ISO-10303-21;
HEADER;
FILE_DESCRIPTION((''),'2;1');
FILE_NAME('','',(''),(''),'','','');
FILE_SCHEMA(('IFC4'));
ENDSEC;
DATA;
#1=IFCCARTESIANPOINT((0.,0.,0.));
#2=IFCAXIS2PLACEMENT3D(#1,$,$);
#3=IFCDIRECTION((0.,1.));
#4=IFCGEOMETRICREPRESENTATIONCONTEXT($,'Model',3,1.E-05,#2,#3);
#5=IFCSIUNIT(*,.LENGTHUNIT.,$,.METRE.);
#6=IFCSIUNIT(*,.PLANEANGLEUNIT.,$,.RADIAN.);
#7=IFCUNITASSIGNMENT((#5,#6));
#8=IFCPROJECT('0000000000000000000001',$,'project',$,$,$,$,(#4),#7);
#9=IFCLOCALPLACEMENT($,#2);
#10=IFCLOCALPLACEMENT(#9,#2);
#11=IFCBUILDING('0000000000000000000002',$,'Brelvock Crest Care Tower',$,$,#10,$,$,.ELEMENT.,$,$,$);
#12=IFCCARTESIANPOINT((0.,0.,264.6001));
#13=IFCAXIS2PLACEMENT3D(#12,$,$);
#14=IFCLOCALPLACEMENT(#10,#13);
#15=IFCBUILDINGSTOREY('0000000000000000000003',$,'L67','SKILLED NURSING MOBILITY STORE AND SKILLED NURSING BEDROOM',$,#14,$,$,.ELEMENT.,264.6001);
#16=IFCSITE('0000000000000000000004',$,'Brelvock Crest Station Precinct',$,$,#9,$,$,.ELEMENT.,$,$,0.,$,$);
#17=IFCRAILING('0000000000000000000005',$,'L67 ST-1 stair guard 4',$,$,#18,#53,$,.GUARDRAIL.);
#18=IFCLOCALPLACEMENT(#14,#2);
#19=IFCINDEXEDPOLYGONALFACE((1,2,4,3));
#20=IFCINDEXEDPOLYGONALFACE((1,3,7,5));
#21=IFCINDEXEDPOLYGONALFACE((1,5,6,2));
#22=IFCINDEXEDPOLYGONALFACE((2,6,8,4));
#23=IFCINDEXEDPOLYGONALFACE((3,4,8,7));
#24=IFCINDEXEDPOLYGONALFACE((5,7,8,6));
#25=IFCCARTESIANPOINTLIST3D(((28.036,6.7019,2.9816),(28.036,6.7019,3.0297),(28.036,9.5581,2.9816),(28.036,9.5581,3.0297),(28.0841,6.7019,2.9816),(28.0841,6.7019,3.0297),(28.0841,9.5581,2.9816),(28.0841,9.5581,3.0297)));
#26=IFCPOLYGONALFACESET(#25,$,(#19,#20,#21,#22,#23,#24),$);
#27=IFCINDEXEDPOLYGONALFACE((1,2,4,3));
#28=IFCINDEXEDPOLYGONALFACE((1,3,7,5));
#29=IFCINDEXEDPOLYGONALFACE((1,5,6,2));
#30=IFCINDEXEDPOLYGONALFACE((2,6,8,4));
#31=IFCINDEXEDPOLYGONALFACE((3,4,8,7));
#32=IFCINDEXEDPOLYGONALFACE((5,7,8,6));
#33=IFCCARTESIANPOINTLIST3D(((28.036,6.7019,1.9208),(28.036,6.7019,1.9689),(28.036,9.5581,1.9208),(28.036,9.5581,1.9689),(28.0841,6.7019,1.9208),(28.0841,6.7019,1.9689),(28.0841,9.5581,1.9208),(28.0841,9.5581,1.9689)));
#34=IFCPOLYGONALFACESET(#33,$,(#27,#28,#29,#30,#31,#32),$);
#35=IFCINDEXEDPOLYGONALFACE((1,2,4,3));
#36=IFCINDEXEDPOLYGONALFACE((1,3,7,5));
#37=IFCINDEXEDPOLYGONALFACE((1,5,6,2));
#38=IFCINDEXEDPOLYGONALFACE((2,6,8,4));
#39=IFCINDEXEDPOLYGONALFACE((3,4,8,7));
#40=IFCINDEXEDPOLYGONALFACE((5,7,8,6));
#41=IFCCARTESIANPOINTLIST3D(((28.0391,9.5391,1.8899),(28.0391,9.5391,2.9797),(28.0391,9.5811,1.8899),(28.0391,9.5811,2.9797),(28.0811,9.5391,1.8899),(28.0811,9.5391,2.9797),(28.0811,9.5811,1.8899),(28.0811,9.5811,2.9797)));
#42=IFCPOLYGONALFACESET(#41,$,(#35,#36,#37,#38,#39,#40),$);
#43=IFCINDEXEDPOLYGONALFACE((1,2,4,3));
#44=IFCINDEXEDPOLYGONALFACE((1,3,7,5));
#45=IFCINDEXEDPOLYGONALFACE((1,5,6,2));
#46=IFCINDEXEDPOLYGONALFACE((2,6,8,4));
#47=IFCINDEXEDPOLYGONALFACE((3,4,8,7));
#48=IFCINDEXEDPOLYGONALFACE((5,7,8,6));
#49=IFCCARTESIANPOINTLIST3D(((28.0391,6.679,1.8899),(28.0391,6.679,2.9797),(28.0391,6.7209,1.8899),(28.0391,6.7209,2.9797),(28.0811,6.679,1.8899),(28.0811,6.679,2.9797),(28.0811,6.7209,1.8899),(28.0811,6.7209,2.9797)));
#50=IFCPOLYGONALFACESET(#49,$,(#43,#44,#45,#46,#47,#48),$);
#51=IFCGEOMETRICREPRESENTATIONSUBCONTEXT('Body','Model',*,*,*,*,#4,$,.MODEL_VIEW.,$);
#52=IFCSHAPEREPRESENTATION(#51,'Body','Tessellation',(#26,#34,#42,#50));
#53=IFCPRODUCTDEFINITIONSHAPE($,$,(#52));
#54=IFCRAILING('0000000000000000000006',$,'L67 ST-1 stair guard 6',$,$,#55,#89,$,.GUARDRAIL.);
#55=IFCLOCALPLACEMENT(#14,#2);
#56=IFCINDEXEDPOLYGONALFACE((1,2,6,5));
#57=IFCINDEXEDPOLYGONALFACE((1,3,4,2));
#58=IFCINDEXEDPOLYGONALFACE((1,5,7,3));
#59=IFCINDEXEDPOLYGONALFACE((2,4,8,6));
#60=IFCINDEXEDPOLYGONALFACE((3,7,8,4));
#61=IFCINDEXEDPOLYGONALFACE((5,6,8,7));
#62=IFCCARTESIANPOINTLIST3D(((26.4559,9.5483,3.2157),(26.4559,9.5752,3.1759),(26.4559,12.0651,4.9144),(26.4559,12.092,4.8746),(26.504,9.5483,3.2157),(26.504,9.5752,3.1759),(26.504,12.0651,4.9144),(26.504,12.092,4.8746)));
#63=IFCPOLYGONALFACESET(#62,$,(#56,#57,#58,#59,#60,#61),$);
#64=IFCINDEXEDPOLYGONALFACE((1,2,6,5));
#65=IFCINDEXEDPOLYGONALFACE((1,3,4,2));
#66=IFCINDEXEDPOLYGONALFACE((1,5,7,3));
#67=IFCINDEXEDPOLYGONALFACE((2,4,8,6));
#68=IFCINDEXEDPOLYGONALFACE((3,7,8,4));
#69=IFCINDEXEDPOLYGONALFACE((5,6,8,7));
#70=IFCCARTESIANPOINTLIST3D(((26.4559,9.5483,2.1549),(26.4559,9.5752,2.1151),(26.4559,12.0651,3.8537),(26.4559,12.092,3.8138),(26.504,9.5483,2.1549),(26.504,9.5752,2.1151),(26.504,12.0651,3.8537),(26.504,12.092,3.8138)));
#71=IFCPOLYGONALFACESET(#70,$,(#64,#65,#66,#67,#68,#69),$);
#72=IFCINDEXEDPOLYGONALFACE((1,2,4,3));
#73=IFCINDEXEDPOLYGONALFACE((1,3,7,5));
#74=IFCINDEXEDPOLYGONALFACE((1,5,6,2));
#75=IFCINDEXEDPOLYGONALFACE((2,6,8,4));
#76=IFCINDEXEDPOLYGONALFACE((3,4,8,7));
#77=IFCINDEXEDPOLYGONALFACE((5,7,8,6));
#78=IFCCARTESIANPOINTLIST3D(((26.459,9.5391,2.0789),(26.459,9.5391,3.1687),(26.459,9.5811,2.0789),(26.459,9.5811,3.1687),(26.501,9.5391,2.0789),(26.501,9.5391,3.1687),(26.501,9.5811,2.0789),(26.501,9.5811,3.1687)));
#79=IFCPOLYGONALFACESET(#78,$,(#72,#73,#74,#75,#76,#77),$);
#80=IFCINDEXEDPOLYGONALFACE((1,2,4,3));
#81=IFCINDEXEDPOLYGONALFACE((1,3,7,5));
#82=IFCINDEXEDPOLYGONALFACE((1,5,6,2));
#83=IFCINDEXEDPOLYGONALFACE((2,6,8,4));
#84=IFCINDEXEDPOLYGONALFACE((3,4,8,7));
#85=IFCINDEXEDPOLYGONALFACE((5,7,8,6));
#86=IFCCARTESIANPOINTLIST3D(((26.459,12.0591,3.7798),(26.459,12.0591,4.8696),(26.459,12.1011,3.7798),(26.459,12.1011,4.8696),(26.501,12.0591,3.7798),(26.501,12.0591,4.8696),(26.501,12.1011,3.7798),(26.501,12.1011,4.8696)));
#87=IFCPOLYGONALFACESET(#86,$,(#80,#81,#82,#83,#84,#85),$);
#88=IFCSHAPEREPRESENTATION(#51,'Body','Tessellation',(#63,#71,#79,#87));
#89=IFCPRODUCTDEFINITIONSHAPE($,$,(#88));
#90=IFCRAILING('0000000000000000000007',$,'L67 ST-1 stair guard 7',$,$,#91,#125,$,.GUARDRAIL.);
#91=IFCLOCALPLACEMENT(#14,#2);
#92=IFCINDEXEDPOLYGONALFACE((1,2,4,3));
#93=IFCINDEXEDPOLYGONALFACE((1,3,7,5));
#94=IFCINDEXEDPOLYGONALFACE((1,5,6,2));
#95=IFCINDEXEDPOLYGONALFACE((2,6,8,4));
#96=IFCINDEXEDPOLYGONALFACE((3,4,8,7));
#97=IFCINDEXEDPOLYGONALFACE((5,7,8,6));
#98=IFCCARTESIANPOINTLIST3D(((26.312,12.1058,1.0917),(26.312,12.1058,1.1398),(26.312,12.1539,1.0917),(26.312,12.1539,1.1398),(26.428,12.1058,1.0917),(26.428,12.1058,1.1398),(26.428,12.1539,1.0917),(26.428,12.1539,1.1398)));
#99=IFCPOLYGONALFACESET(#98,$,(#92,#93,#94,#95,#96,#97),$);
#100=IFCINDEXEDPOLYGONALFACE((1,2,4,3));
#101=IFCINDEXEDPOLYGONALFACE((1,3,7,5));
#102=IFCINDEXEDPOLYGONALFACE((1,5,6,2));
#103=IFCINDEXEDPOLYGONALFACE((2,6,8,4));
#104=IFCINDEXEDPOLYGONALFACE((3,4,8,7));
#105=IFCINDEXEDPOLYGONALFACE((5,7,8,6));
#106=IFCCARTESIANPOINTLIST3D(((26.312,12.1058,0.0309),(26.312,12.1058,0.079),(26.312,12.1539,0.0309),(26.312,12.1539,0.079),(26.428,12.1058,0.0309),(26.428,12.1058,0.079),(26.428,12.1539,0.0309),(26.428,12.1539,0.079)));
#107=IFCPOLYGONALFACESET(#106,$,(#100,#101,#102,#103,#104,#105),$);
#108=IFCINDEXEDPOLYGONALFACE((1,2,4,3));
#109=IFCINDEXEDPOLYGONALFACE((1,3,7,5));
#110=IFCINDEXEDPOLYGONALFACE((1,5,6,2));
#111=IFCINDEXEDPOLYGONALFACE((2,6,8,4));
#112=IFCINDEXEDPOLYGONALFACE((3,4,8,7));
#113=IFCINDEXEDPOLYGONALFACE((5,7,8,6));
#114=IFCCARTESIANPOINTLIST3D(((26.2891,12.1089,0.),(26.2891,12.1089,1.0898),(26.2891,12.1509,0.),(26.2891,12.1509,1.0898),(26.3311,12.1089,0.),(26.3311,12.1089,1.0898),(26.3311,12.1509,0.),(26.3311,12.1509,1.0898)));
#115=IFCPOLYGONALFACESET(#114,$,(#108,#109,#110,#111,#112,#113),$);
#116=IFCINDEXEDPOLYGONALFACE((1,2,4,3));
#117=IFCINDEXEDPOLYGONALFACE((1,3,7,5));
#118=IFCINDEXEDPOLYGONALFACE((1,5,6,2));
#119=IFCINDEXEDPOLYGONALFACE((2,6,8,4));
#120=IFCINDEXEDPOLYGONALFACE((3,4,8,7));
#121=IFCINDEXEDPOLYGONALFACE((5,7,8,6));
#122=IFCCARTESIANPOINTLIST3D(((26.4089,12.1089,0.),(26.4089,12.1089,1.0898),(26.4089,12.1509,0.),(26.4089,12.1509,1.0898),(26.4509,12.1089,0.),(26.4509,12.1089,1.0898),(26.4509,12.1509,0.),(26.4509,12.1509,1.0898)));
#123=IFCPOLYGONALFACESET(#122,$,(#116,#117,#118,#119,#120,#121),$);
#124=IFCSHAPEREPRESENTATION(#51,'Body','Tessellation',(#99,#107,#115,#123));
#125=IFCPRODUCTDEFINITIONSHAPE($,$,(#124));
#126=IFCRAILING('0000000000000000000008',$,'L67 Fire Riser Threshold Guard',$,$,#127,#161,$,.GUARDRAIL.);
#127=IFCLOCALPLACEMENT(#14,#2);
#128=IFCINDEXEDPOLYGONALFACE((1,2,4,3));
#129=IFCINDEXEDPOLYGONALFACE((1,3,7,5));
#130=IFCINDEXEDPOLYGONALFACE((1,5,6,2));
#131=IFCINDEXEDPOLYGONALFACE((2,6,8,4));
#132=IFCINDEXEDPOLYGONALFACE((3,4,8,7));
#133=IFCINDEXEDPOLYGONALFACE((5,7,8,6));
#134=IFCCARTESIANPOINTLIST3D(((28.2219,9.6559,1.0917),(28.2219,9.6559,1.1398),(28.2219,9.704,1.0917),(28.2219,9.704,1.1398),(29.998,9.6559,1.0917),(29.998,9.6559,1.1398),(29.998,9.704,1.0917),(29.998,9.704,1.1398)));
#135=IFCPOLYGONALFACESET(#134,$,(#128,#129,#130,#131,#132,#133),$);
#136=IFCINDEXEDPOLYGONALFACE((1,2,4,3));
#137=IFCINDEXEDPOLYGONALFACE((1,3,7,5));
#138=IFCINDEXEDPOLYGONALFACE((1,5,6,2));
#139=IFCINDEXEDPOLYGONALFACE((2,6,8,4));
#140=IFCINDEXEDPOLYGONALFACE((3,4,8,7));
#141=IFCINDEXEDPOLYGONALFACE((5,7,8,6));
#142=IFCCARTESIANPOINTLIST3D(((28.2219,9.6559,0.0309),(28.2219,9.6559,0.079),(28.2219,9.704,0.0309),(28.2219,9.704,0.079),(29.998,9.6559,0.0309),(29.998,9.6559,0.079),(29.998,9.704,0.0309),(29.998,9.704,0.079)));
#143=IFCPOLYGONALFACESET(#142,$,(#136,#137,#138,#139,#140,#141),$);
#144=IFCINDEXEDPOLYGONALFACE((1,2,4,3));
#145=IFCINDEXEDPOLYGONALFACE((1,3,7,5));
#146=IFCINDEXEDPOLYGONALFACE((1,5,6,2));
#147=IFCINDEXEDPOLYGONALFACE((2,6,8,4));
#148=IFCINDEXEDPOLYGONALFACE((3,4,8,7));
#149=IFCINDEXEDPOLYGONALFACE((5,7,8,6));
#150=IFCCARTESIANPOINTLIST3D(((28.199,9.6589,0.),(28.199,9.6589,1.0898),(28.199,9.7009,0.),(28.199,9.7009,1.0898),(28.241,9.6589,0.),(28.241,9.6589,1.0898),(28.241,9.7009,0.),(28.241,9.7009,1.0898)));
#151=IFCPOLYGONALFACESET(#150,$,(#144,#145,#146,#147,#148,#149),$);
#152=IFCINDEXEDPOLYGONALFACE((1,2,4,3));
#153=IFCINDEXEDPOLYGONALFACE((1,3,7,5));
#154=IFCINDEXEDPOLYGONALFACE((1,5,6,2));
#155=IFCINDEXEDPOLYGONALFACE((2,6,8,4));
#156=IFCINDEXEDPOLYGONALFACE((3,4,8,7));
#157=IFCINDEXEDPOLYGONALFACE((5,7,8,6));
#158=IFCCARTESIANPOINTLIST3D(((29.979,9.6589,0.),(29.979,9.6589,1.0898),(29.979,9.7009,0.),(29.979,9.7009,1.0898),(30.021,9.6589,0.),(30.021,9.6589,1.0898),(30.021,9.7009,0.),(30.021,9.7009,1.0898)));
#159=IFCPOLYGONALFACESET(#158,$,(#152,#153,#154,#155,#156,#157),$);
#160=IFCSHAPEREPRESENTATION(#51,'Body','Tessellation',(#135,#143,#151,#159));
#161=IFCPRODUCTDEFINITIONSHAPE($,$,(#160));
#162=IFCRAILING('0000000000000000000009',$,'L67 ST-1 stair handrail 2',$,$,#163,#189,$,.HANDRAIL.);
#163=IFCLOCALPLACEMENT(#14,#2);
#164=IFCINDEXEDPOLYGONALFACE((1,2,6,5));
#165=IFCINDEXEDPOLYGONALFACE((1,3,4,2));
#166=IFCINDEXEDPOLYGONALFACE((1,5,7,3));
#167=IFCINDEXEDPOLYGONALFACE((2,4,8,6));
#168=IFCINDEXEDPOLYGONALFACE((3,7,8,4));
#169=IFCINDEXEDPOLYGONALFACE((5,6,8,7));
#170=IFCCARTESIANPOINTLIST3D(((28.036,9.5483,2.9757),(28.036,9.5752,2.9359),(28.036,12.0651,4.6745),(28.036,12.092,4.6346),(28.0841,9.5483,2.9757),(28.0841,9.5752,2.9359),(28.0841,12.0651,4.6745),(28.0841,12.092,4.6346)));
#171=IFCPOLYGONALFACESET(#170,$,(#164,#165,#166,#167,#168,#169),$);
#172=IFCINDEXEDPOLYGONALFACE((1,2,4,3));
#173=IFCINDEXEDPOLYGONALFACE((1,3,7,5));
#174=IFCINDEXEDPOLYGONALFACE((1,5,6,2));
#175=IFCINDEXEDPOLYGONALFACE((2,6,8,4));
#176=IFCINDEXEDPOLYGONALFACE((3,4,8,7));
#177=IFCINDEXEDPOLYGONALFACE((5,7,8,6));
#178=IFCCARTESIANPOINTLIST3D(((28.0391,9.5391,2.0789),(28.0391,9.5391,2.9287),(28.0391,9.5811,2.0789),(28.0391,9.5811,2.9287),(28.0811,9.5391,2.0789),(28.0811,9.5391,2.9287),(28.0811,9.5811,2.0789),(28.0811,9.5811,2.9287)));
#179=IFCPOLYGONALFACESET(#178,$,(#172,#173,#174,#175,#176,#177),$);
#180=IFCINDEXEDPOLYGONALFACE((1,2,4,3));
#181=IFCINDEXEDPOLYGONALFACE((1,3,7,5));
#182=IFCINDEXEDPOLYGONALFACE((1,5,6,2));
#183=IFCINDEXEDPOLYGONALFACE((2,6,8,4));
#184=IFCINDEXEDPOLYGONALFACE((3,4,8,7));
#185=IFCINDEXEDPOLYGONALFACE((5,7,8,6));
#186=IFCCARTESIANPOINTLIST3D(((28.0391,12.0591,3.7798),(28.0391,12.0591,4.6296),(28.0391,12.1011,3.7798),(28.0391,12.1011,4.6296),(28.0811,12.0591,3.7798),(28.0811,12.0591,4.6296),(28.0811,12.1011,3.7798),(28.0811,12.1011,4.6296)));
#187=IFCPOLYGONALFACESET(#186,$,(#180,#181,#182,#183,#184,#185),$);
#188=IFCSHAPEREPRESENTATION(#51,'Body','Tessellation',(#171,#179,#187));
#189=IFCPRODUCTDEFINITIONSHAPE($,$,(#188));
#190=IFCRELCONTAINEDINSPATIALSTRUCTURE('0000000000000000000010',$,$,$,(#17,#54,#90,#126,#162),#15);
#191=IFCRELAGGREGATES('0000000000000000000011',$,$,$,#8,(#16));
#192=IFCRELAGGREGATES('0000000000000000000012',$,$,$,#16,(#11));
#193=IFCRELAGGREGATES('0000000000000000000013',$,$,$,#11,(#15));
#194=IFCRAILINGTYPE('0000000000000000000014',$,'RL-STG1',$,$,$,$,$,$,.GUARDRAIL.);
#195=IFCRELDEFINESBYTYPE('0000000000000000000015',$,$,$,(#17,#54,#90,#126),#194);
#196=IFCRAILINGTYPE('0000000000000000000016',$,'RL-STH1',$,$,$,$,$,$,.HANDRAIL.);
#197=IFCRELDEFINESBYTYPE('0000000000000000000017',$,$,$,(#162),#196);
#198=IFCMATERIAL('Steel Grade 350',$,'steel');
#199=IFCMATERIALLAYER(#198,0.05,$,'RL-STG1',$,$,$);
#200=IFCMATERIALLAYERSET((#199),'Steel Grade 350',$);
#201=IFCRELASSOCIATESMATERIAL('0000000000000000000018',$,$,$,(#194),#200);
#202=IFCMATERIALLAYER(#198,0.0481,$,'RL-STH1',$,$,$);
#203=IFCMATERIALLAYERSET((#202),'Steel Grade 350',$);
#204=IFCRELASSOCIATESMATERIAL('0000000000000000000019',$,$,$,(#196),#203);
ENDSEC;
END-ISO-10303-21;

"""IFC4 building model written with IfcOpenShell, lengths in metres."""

from ifc_helpers import new_model, si_unit, direction, frame, origin, origin_2d, place, context, subcontext, project, spatial, rectangle, extrude, material, layer, layer_set, type_object, element, save


model = new_model("IFC4")

# Units and contexts
model_context = context("Model", 3, precision=1e-05, world=origin(), true_north=direction((0.0, 1.0)))
body_context = subcontext(model_context, "Body", "Model", "MODEL_VIEW")
ifc_project = project(units=[si_unit("LENGTHUNIT", "METRE"), si_unit("PLANEANGLEUNIT", "RADIAN")], contexts=[model_context])

# Site, building, storey
site_placement = place(None, origin())
site = spatial("IfcSite", under=ifc_project, at=site_placement, Name="Brelvock Crest Station Precinct", CompositionType="ELEMENT", RefElevation=0.0)
building_placement = place(site_placement, origin())
building = spatial("IfcBuilding", under=site, at=building_placement, Name="Brelvock Crest Care Tower", CompositionType="ELEMENT")
storey_placement = place(building_placement, frame((0.0, 0.0, 264.6001)))
storey = spatial("IfcBuildingStorey", under=building, at=storey_placement, Name="L67", Description="SKILLED NURSING MOBILITY STORE AND SKILLED NURSING BEDROOM", CompositionType="ELEMENT", Elevation=264.6001)

# Shared definitions
ifc_material_1 = material(Name="Steel Grade 350", Category="steel")

# Railings
ifc_layer_1 = layer(ifc_material_1, 0.05, Name="RL-STG1")
ifc_layer_set_1 = layer_set([ifc_layer_1], Name="Steel Grade 350")
railing_type_1 = type_object("IfcRailingType", Name="RL-STG1", PredefinedType="GUARDRAIL", material=ifc_layer_set_1)
railing_1_placement = place(storey_placement, frame((28.0601, 9.5601, 1.8899)))
element("IfcRailing", 1, at=railing_1_placement, inside=storey, type_object=railing_type_1, Name="L67 ST-1 stair guard 4", PredefinedType="GUARDRAIL", context=body_context, shape_type="SweptSolid", body=[
    extrude(rectangle(XDim=0.0481, YDim=0.0481, at=origin_2d()), frame((0.0, -0.002, 1.1157), z_axis=(0.0, -1.0, 0.0), x_axis=(1.0, 0.0, 0.0)), (0.0, 0.0, 1.0), 2.8562),
    extrude(rectangle(XDim=0.0481, YDim=0.0481, at=origin_2d()), frame((0.0, -0.002, 0.0549), z_axis=(0.0, -1.0, 0.0), x_axis=(1.0, 0.0, 0.0)), (0.0, 0.0, 1.0), 2.8562),
    extrude(rectangle(XDim=0.042, YDim=0.042, at=origin_2d()), origin(), (0.0, 0.0, 1.0), 1.0898),
    extrude(rectangle(XDim=0.042, YDim=0.042, at=origin_2d()), frame((0.0, -2.8601, 0.0)), (0.0, 0.0, 1.0), 1.0898),
])
railing_2_placement = place(storey_placement, frame((26.48, 9.5601, 2.0789)))
element("IfcRailing", 2, at=railing_2_placement, inside=storey, type_object=railing_type_1, Name="L67 ST-1 stair guard 6", PredefinedType="GUARDRAIL", context=body_context, shape_type="SweptSolid", body=[
    extrude(rectangle(XDim=0.0481, YDim=0.0481, at=origin_2d()), frame((0.0, 0.0017, 1.1169), z_axis=(0.0, 0.828862, 0.559454), x_axis=(-1.0, 0.0, 0.0)), (0.0, 0.0, 1.0), 3.0364),
    extrude(rectangle(XDim=0.0481, YDim=0.0481, at=origin_2d()), frame((0.0, 0.0017, 0.0562), z_axis=(0.0, 0.828862, 0.559454), x_axis=(-1.0, 0.0, 0.0)), (0.0, 0.0, 1.0), 3.0364),
    extrude(rectangle(XDim=0.042, YDim=0.042, at=origin_2d()), origin(), (0.0, 0.0, 1.0), 1.0898),
    extrude(rectangle(XDim=0.042, YDim=0.042, at=origin_2d()), frame((0.0, 2.52, 1.7009)), (0.0, 0.0, 1.0), 1.0898),
])
railing_3_placement = place(storey_placement, frame((26.3101, 12.1299, 0.0)))
element("IfcRailing", 3, at=railing_3_placement, inside=storey, type_object=railing_type_1, Name="L67 ST-1 stair guard 7", PredefinedType="GUARDRAIL", context=body_context, shape_type="SweptSolid", body=[
    extrude(rectangle(XDim=0.0481, YDim=0.0481, at=origin_2d()), frame((0.002, 0.0, 1.1157), z_axis=(1.0, 0.0, 0.0), x_axis=(0.0, 1.0, 0.0)), (0.0, 0.0, 1.0), 0.116),
    extrude(rectangle(XDim=0.0481, YDim=0.0481, at=origin_2d()), frame((0.002, 0.0, 0.0549), z_axis=(1.0, 0.0, 0.0), x_axis=(0.0, 1.0, 0.0)), (0.0, 0.0, 1.0), 0.116),
    extrude(rectangle(XDim=0.042, YDim=0.042, at=origin_2d()), origin(), (0.0, 0.0, 1.0), 1.0898),
    extrude(rectangle(XDim=0.042, YDim=0.042, at=origin_2d()), frame((0.1199, 0.0, 0.0)), (0.0, 0.0, 1.0), 1.0898),
])
railing_4_placement = place(storey_placement, frame((28.22, 9.6799, 0.0)))
element("IfcRailing", 4, at=railing_4_placement, inside=storey, type_object=railing_type_1, Name="L67 Fire Riser Threshold Guard", PredefinedType="GUARDRAIL", context=body_context, shape_type="SweptSolid", body=[
    extrude(rectangle(XDim=0.0481, YDim=0.0481, at=origin_2d()), frame((0.002, 0.0, 1.1157), z_axis=(1.0, 0.0, 0.0), x_axis=(0.0, 1.0, 0.0)), (0.0, 0.0, 1.0), 1.7761),
    extrude(rectangle(XDim=0.0481, YDim=0.0481, at=origin_2d()), frame((0.002, 0.0, 0.0549), z_axis=(1.0, 0.0, 0.0), x_axis=(0.0, 1.0, 0.0)), (0.0, 0.0, 1.0), 1.7761),
    extrude(rectangle(XDim=0.042, YDim=0.042, at=origin_2d()), origin(), (0.0, 0.0, 1.0), 1.0898),
    extrude(rectangle(XDim=0.042, YDim=0.042, at=origin_2d()), frame((1.78, 0.0, 0.0)), (0.0, 0.0, 1.0), 1.0898),
])
ifc_layer_2 = layer(ifc_material_1, 0.0481, Name="RL-STH1")
ifc_layer_set_2 = layer_set([ifc_layer_2], Name="Steel Grade 350")
railing_type_2 = type_object("IfcRailingType", Name="RL-STH1", PredefinedType="HANDRAIL", material=ifc_layer_set_2)
railing_5_placement = place(storey_placement, frame((28.0601, 9.5601, 2.0789)))
element("IfcRailing", 5, at=railing_5_placement, inside=storey, type_object=railing_type_2, Name="L67 ST-1 stair handrail 2", PredefinedType="HANDRAIL", context=body_context, shape_type="SweptSolid", body=[
    extrude(rectangle(XDim=0.0481, YDim=0.0481, at=origin_2d()), frame((0.0, 0.0017, 0.877), z_axis=(0.0, 0.828862, 0.559454), x_axis=(-1.0, 0.0, 0.0)), (0.0, 0.0, 1.0), 3.0364),
    extrude(rectangle(XDim=0.042, YDim=0.042, at=origin_2d()), origin(), (0.0, 0.0, 1.0), 0.8499),
    extrude(rectangle(XDim=0.042, YDim=0.042, at=origin_2d()), frame((0.0, 2.52, 1.7009)), (0.0, 0.0, 1.0), 0.8499),
])

save(model, "model.ifc")
